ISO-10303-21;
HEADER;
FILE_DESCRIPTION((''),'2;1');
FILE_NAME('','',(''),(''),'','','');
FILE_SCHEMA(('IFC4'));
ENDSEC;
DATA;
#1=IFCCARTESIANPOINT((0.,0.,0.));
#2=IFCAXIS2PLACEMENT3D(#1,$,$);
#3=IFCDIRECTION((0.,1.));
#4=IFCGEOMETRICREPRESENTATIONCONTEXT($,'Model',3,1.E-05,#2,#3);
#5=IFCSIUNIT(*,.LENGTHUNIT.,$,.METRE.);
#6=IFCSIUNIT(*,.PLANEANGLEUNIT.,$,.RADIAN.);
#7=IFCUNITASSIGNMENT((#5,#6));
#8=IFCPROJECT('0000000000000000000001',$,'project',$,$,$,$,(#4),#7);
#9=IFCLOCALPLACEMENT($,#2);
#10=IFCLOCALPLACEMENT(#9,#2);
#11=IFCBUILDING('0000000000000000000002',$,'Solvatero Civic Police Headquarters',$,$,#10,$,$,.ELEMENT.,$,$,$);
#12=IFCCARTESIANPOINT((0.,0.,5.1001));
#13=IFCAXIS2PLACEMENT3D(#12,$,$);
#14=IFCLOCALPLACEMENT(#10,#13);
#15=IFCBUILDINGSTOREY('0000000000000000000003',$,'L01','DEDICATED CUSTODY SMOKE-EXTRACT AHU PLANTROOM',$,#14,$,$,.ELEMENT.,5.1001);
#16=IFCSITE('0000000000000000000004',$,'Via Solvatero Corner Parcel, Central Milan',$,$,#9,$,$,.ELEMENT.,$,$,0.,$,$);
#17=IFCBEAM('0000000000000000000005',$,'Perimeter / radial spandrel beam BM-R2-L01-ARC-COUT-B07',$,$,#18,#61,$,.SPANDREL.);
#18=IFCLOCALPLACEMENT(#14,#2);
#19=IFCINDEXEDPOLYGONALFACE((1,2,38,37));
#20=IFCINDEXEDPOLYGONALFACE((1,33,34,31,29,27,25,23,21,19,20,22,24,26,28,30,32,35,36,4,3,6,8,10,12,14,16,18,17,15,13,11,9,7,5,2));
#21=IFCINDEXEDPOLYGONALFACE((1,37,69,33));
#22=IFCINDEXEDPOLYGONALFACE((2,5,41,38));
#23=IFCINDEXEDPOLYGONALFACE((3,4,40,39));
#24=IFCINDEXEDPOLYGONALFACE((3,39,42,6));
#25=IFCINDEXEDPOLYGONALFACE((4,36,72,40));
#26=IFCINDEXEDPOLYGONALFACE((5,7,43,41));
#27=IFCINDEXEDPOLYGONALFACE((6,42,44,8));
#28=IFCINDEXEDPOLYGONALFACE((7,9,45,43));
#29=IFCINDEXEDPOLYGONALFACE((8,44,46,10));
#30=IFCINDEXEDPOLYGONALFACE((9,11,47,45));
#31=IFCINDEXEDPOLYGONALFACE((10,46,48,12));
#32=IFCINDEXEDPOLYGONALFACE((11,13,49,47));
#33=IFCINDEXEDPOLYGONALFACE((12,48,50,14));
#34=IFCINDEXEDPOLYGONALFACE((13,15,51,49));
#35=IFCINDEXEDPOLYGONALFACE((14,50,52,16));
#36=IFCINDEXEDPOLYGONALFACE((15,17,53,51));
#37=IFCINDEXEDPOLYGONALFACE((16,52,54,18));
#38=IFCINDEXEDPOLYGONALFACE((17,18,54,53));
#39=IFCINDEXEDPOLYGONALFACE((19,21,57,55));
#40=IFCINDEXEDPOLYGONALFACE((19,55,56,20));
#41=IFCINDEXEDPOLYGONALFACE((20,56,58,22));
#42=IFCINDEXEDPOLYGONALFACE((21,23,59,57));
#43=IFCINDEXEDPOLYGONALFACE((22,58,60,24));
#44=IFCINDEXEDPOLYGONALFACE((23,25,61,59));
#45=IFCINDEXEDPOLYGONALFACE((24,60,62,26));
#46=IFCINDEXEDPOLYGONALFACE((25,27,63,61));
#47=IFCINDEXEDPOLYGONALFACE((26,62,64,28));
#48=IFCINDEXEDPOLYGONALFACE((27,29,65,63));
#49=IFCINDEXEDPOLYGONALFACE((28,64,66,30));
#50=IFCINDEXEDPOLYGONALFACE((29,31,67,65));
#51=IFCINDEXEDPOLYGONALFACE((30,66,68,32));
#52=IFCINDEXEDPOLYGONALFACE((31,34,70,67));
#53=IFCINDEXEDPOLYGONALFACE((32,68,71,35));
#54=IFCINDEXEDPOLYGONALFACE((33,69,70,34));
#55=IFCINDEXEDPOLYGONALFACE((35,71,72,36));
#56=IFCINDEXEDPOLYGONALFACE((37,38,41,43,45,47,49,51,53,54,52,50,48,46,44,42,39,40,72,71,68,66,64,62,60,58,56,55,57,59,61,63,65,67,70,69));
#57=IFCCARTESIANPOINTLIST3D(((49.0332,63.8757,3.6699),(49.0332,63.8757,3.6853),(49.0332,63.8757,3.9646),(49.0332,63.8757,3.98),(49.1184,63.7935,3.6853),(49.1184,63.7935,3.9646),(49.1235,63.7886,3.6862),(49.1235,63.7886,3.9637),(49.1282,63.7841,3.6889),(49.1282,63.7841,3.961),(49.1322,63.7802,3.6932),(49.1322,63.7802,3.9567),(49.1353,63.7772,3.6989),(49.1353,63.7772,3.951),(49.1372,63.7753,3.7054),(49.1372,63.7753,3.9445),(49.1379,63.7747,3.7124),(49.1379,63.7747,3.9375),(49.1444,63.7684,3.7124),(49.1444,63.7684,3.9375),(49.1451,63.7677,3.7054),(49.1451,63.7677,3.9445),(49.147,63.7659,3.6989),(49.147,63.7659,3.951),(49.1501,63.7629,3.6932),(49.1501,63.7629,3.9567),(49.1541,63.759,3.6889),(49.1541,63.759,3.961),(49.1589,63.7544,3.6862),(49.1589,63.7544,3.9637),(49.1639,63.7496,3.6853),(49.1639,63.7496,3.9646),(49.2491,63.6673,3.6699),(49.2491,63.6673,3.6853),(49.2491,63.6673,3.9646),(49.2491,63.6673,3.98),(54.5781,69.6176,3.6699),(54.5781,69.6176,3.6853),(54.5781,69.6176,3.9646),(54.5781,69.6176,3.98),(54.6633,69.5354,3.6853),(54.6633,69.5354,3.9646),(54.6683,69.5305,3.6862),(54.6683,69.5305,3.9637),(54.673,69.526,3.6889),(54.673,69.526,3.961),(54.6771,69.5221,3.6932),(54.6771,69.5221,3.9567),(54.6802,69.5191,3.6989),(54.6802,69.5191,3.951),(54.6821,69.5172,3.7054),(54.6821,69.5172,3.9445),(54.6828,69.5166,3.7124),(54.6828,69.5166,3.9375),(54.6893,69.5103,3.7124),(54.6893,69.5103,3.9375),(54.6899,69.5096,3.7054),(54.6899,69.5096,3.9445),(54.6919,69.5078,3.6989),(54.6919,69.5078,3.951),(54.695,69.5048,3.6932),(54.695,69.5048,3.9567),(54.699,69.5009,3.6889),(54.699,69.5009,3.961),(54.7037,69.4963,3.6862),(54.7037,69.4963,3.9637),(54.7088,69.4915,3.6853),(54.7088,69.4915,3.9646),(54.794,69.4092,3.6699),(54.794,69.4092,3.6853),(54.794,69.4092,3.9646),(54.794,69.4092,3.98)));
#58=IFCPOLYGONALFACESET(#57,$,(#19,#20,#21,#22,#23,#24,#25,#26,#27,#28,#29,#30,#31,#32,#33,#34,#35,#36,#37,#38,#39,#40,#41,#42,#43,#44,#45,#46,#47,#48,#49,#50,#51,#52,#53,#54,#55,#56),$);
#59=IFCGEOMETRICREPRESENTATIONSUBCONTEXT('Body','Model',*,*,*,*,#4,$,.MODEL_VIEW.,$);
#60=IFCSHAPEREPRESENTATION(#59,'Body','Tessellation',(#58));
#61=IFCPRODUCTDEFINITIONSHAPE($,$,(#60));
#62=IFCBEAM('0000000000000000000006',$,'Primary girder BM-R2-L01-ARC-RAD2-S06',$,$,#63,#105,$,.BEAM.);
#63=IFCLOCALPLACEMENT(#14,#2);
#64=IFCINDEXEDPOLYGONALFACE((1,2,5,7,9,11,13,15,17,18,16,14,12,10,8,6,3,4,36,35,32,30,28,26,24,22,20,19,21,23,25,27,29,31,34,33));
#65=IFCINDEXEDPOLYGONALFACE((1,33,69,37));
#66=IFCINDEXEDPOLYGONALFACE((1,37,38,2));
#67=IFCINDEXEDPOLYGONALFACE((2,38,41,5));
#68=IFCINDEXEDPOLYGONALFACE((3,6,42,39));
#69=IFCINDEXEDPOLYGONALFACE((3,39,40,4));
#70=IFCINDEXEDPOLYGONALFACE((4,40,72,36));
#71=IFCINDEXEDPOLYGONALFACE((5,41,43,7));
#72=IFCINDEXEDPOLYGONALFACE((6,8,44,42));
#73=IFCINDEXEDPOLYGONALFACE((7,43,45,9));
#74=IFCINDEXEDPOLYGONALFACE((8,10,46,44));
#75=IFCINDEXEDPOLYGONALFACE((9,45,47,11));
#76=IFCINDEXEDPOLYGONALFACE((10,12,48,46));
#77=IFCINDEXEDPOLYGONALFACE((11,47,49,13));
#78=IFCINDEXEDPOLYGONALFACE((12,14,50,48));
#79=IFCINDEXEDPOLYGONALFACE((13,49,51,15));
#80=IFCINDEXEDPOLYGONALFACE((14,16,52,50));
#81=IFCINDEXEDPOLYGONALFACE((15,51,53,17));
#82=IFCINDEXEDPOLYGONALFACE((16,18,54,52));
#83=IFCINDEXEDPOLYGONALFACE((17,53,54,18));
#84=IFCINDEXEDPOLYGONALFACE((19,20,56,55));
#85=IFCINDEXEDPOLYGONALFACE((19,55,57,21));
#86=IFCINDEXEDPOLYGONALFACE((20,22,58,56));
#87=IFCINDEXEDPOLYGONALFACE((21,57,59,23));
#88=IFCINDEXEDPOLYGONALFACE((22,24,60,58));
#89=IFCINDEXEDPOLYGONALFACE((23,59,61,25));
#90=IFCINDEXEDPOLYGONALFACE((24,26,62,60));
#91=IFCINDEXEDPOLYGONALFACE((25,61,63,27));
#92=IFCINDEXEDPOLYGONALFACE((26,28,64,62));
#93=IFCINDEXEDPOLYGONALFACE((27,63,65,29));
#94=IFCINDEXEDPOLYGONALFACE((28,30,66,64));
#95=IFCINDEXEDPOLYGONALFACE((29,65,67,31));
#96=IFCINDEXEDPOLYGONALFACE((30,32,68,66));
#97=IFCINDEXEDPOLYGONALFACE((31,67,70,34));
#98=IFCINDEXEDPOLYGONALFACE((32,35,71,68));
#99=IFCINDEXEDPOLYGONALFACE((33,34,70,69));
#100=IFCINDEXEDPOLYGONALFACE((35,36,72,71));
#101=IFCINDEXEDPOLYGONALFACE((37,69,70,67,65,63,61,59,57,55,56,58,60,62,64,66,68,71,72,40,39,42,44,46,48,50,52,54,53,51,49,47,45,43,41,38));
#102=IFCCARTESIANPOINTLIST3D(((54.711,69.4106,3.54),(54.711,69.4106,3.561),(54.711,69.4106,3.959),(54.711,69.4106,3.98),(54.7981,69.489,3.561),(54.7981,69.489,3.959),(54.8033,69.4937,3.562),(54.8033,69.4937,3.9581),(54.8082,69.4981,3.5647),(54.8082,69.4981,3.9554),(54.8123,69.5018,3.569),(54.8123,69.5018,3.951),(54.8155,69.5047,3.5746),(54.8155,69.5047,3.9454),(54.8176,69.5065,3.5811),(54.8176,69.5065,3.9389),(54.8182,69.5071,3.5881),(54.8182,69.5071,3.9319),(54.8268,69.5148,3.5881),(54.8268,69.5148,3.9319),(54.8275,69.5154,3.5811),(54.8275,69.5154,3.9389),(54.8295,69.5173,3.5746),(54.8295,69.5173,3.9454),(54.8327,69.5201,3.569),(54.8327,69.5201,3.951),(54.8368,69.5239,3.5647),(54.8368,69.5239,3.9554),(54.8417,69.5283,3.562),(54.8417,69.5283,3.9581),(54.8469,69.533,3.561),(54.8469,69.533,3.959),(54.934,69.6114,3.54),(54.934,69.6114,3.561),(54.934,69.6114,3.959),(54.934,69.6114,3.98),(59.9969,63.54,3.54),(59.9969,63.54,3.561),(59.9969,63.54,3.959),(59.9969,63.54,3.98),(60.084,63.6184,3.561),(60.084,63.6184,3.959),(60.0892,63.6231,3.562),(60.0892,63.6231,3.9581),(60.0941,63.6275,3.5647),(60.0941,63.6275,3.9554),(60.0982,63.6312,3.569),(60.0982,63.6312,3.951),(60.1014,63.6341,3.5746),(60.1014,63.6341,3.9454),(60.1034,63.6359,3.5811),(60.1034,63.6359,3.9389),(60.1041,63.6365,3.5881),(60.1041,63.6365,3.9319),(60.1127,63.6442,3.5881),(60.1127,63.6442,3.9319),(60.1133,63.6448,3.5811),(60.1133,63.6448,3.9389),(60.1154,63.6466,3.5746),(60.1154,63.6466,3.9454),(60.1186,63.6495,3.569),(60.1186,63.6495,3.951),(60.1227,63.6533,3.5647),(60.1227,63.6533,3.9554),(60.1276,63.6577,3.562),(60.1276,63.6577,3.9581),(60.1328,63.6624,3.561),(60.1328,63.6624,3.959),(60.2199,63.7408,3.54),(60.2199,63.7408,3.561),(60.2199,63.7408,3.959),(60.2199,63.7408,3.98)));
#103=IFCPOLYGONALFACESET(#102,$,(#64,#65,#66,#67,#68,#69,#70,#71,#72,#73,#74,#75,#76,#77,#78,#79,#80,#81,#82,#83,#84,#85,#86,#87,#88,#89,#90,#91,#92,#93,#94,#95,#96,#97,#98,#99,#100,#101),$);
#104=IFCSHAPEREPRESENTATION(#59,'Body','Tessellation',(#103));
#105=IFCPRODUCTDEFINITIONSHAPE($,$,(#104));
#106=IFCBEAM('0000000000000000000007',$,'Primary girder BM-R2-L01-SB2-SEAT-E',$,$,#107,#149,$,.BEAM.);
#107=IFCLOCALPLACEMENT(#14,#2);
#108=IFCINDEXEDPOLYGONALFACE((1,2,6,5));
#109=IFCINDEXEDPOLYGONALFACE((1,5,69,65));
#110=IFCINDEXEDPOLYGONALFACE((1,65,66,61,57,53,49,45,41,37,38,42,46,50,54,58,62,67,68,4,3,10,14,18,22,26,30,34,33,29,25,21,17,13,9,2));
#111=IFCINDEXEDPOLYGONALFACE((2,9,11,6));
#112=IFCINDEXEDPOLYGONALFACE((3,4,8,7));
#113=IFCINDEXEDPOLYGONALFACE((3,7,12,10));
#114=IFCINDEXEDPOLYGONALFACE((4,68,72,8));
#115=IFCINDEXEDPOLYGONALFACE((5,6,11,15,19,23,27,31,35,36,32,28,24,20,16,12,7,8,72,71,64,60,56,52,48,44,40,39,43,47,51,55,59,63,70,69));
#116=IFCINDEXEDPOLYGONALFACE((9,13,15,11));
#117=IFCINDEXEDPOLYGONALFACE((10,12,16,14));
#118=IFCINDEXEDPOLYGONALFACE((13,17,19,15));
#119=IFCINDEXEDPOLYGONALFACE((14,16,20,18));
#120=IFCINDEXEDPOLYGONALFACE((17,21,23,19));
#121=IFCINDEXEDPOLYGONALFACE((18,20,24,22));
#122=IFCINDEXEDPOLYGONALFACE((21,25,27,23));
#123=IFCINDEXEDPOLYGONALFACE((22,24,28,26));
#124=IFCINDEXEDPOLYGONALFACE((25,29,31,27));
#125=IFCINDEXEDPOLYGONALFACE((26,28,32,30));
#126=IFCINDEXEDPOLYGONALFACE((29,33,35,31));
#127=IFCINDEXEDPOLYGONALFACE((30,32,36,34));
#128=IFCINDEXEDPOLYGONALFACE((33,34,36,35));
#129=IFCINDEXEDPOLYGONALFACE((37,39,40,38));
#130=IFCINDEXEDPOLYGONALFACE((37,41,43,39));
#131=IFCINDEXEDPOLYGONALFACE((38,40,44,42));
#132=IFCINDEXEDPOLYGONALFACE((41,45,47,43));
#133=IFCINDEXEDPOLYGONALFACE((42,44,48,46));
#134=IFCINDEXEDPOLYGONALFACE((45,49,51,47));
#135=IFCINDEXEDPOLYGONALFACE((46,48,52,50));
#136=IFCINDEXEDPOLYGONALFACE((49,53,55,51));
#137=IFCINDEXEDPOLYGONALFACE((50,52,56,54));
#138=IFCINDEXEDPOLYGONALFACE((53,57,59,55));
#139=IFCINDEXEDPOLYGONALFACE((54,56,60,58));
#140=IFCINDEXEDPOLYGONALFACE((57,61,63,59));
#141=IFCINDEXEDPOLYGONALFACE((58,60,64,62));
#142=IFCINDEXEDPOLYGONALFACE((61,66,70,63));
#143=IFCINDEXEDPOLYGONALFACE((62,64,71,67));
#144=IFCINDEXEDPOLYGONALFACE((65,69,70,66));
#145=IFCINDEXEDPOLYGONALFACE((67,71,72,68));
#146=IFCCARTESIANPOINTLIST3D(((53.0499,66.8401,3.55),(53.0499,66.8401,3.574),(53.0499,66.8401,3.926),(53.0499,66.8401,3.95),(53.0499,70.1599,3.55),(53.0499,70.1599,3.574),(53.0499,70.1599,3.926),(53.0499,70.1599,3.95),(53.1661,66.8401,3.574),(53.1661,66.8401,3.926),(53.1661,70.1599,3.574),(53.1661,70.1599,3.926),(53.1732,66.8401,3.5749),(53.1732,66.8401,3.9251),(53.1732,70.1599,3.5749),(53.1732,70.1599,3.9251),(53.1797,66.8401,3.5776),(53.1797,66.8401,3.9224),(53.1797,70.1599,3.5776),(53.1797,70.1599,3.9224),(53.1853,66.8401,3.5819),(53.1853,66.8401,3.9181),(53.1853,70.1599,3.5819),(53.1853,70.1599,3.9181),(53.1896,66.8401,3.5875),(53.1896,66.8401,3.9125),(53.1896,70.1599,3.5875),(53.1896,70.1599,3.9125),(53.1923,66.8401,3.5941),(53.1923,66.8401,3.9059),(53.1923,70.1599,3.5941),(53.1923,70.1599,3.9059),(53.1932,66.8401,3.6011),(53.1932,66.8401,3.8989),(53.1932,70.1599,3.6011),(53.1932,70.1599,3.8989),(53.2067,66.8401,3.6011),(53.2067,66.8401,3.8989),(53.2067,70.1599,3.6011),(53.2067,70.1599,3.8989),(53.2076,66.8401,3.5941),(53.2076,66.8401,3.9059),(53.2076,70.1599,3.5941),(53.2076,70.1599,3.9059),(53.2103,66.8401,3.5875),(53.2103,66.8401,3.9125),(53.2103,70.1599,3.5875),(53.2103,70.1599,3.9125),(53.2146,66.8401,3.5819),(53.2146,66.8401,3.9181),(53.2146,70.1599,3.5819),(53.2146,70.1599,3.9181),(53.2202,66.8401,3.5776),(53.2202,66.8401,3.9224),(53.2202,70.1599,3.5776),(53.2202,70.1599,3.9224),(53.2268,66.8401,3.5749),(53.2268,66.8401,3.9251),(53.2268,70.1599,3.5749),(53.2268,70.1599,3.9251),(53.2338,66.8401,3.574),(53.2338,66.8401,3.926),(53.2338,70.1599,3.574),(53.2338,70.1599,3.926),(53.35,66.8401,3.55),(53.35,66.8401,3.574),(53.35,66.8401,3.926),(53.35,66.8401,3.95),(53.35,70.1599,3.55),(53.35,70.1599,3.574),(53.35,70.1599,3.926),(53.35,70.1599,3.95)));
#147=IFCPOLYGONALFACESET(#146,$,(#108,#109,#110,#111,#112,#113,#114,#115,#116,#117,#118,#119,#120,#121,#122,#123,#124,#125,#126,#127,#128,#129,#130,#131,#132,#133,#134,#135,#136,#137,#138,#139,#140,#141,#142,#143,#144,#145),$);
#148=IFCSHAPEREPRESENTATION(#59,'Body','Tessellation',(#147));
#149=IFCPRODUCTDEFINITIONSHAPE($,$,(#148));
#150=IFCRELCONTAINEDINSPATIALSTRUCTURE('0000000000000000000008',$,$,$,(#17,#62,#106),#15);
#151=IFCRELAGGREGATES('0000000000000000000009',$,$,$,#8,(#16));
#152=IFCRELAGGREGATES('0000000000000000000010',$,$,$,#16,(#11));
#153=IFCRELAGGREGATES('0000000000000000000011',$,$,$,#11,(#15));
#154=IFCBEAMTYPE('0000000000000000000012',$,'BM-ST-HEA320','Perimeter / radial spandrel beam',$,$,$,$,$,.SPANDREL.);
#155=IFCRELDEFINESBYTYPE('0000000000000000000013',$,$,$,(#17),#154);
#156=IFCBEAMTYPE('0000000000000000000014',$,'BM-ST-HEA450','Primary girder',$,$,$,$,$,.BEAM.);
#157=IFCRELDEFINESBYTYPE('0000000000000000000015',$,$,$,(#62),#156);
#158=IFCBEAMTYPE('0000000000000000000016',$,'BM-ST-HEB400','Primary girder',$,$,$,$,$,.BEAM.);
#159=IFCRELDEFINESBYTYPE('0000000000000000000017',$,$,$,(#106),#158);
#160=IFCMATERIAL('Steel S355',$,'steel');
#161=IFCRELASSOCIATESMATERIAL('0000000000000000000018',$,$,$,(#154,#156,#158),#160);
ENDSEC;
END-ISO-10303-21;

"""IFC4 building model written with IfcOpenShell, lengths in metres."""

from ifc_helpers import new_model, si_unit, direction, frame, origin, origin_2d, place, context, subcontext, project, spatial, i_section, extrude, material, material_profile, profile_set, type_object, element, save


model = new_model("IFC4")

# Units and contexts
model_context = context("Model", 3, precision=1e-05, world=origin(), true_north=direction((0.0, 1.0)))
body_context = subcontext(model_context, "Body", "Model", "MODEL_VIEW")
ifc_project = project(units=[si_unit("LENGTHUNIT", "METRE"), si_unit("PLANEANGLEUNIT", "RADIAN")], contexts=[model_context])

# Site, building, storey
site_placement = place(None, origin())
site = spatial("IfcSite", under=ifc_project, at=site_placement, Name="Via Solvatero Corner Parcel, Central Milan", CompositionType="ELEMENT", RefElevation=0.0)
building_placement = place(site_placement, origin())
building = spatial("IfcBuilding", under=site, at=building_placement, Name="Solvatero Civic Police Headquarters", CompositionType="ELEMENT")
storey_placement = place(building_placement, frame((0.0, 0.0, 5.1001)))
storey = spatial("IfcBuildingStorey", under=building, at=storey_placement, Name="L01", Description="DEDICATED CUSTODY SMOKE-EXTRACT AHU PLANTROOM", CompositionType="ELEMENT", Elevation=5.1001)

# Shared definitions
ifc_material_1 = material(Name="Steel S355", Category="steel")

# Beams
ifc_material_profile_1 = material_profile(ifc_material_1, i_section(OverallWidth=0.3, OverallDepth=0.3101, WebThickness=0.009, FlangeThickness=0.0154, FilletRadius=0.0271, at=origin_2d()), Name="HEA 320")
ifc_profile_set_1 = profile_set([ifc_material_profile_1], Name="Steel S355")
beam_type_1 = type_object("IfcBeamType", Name="BM-ST-HEA320", Description="Perimeter / radial spandrel beam", PredefinedType="SPANDREL", material=ifc_profile_set_1)
beam_1_placement = place(storey_placement, frame((54.686, 69.5134, 3.825), z_axis=(-0.694658, -0.71934, 0.0), x_axis=(0.71934, -0.694658, 0.0)))
element("IfcBeam", 1, at=beam_1_placement, inside=storey, type_object=beam_type_1, Name="Perimeter / radial spandrel beam BM-R2-L01-ARC-COUT-B07", PredefinedType="SPANDREL", context=body_context, shape_type="SweptSolid", body=[
    extrude(i_section(OverallWidth=0.3, OverallDepth=0.3101, WebThickness=0.009, FlangeThickness=0.0154, FilletRadius=0.0271, at=origin_2d()), origin(), (0.0, 0.0, 1.0), 7.9822),
])
ifc_material_profile_2 = material_profile(ifc_material_1, i_section(OverallWidth=0.3, OverallDepth=0.4399, WebThickness=0.0115, FlangeThickness=0.021, FilletRadius=0.0271, at=origin_2d()), Name="HEA 450")
ifc_profile_set_2 = profile_set([ifc_material_profile_2], Name="Steel S355")
beam_type_2 = type_object("IfcBeamType", Name="BM-ST-HEA450", Description="Primary girder", PredefinedType="BEAM", material=ifc_profile_set_2)
beam_2_placement = place(storey_placement, frame((60.1084, 63.6404, 3.76), z_axis=(-0.669129, 0.743147, 0.0), x_axis=(-0.743147, -0.669129, 0.0)))
element("IfcBeam", 2, at=beam_2_placement, inside=storey, type_object=beam_type_2, Name="Primary girder BM-R2-L01-ARC-RAD2-S06", PredefinedType="BEAM", context=body_context, shape_type="SweptSolid", body=[
    extrude(i_section(OverallWidth=0.3, OverallDepth=0.4399, WebThickness=0.0115, FlangeThickness=0.021, FilletRadius=0.0271, at=origin_2d()), origin(), (0.0, 0.0, 1.0), 7.8997),
])
ifc_material_profile_3 = material_profile(ifc_material_1, i_section(OverallWidth=0.3, OverallDepth=0.3999, WebThickness=0.0134, FlangeThickness=0.0239, FilletRadius=0.0271, at=origin_2d()), Name="HEB 400")
ifc_profile_set_3 = profile_set([ifc_material_profile_3], Name="Steel S355")
beam_type_3 = type_object("IfcBeamType", Name="BM-ST-HEB400", Description="Primary girder", PredefinedType="BEAM", material=ifc_profile_set_3)
beam_3_placement = place(storey_placement, frame((53.2, 66.8401, 3.75), z_axis=(0.0, 1.0, 0.0), x_axis=(-1.0, 0.0, 0.0)))
element("IfcBeam", 3, at=beam_3_placement, inside=storey, type_object=beam_type_3, Name="Primary girder BM-R2-L01-SB2-SEAT-E", PredefinedType="BEAM", context=body_context, shape_type="SweptSolid", body=[
    extrude(i_section(OverallWidth=0.3, OverallDepth=0.3999, WebThickness=0.0134, FlangeThickness=0.0239, FilletRadius=0.0271, at=origin_2d()), origin(), (0.0, 0.0, 1.0), 3.3198),
])

save(model, "model.ifc")
